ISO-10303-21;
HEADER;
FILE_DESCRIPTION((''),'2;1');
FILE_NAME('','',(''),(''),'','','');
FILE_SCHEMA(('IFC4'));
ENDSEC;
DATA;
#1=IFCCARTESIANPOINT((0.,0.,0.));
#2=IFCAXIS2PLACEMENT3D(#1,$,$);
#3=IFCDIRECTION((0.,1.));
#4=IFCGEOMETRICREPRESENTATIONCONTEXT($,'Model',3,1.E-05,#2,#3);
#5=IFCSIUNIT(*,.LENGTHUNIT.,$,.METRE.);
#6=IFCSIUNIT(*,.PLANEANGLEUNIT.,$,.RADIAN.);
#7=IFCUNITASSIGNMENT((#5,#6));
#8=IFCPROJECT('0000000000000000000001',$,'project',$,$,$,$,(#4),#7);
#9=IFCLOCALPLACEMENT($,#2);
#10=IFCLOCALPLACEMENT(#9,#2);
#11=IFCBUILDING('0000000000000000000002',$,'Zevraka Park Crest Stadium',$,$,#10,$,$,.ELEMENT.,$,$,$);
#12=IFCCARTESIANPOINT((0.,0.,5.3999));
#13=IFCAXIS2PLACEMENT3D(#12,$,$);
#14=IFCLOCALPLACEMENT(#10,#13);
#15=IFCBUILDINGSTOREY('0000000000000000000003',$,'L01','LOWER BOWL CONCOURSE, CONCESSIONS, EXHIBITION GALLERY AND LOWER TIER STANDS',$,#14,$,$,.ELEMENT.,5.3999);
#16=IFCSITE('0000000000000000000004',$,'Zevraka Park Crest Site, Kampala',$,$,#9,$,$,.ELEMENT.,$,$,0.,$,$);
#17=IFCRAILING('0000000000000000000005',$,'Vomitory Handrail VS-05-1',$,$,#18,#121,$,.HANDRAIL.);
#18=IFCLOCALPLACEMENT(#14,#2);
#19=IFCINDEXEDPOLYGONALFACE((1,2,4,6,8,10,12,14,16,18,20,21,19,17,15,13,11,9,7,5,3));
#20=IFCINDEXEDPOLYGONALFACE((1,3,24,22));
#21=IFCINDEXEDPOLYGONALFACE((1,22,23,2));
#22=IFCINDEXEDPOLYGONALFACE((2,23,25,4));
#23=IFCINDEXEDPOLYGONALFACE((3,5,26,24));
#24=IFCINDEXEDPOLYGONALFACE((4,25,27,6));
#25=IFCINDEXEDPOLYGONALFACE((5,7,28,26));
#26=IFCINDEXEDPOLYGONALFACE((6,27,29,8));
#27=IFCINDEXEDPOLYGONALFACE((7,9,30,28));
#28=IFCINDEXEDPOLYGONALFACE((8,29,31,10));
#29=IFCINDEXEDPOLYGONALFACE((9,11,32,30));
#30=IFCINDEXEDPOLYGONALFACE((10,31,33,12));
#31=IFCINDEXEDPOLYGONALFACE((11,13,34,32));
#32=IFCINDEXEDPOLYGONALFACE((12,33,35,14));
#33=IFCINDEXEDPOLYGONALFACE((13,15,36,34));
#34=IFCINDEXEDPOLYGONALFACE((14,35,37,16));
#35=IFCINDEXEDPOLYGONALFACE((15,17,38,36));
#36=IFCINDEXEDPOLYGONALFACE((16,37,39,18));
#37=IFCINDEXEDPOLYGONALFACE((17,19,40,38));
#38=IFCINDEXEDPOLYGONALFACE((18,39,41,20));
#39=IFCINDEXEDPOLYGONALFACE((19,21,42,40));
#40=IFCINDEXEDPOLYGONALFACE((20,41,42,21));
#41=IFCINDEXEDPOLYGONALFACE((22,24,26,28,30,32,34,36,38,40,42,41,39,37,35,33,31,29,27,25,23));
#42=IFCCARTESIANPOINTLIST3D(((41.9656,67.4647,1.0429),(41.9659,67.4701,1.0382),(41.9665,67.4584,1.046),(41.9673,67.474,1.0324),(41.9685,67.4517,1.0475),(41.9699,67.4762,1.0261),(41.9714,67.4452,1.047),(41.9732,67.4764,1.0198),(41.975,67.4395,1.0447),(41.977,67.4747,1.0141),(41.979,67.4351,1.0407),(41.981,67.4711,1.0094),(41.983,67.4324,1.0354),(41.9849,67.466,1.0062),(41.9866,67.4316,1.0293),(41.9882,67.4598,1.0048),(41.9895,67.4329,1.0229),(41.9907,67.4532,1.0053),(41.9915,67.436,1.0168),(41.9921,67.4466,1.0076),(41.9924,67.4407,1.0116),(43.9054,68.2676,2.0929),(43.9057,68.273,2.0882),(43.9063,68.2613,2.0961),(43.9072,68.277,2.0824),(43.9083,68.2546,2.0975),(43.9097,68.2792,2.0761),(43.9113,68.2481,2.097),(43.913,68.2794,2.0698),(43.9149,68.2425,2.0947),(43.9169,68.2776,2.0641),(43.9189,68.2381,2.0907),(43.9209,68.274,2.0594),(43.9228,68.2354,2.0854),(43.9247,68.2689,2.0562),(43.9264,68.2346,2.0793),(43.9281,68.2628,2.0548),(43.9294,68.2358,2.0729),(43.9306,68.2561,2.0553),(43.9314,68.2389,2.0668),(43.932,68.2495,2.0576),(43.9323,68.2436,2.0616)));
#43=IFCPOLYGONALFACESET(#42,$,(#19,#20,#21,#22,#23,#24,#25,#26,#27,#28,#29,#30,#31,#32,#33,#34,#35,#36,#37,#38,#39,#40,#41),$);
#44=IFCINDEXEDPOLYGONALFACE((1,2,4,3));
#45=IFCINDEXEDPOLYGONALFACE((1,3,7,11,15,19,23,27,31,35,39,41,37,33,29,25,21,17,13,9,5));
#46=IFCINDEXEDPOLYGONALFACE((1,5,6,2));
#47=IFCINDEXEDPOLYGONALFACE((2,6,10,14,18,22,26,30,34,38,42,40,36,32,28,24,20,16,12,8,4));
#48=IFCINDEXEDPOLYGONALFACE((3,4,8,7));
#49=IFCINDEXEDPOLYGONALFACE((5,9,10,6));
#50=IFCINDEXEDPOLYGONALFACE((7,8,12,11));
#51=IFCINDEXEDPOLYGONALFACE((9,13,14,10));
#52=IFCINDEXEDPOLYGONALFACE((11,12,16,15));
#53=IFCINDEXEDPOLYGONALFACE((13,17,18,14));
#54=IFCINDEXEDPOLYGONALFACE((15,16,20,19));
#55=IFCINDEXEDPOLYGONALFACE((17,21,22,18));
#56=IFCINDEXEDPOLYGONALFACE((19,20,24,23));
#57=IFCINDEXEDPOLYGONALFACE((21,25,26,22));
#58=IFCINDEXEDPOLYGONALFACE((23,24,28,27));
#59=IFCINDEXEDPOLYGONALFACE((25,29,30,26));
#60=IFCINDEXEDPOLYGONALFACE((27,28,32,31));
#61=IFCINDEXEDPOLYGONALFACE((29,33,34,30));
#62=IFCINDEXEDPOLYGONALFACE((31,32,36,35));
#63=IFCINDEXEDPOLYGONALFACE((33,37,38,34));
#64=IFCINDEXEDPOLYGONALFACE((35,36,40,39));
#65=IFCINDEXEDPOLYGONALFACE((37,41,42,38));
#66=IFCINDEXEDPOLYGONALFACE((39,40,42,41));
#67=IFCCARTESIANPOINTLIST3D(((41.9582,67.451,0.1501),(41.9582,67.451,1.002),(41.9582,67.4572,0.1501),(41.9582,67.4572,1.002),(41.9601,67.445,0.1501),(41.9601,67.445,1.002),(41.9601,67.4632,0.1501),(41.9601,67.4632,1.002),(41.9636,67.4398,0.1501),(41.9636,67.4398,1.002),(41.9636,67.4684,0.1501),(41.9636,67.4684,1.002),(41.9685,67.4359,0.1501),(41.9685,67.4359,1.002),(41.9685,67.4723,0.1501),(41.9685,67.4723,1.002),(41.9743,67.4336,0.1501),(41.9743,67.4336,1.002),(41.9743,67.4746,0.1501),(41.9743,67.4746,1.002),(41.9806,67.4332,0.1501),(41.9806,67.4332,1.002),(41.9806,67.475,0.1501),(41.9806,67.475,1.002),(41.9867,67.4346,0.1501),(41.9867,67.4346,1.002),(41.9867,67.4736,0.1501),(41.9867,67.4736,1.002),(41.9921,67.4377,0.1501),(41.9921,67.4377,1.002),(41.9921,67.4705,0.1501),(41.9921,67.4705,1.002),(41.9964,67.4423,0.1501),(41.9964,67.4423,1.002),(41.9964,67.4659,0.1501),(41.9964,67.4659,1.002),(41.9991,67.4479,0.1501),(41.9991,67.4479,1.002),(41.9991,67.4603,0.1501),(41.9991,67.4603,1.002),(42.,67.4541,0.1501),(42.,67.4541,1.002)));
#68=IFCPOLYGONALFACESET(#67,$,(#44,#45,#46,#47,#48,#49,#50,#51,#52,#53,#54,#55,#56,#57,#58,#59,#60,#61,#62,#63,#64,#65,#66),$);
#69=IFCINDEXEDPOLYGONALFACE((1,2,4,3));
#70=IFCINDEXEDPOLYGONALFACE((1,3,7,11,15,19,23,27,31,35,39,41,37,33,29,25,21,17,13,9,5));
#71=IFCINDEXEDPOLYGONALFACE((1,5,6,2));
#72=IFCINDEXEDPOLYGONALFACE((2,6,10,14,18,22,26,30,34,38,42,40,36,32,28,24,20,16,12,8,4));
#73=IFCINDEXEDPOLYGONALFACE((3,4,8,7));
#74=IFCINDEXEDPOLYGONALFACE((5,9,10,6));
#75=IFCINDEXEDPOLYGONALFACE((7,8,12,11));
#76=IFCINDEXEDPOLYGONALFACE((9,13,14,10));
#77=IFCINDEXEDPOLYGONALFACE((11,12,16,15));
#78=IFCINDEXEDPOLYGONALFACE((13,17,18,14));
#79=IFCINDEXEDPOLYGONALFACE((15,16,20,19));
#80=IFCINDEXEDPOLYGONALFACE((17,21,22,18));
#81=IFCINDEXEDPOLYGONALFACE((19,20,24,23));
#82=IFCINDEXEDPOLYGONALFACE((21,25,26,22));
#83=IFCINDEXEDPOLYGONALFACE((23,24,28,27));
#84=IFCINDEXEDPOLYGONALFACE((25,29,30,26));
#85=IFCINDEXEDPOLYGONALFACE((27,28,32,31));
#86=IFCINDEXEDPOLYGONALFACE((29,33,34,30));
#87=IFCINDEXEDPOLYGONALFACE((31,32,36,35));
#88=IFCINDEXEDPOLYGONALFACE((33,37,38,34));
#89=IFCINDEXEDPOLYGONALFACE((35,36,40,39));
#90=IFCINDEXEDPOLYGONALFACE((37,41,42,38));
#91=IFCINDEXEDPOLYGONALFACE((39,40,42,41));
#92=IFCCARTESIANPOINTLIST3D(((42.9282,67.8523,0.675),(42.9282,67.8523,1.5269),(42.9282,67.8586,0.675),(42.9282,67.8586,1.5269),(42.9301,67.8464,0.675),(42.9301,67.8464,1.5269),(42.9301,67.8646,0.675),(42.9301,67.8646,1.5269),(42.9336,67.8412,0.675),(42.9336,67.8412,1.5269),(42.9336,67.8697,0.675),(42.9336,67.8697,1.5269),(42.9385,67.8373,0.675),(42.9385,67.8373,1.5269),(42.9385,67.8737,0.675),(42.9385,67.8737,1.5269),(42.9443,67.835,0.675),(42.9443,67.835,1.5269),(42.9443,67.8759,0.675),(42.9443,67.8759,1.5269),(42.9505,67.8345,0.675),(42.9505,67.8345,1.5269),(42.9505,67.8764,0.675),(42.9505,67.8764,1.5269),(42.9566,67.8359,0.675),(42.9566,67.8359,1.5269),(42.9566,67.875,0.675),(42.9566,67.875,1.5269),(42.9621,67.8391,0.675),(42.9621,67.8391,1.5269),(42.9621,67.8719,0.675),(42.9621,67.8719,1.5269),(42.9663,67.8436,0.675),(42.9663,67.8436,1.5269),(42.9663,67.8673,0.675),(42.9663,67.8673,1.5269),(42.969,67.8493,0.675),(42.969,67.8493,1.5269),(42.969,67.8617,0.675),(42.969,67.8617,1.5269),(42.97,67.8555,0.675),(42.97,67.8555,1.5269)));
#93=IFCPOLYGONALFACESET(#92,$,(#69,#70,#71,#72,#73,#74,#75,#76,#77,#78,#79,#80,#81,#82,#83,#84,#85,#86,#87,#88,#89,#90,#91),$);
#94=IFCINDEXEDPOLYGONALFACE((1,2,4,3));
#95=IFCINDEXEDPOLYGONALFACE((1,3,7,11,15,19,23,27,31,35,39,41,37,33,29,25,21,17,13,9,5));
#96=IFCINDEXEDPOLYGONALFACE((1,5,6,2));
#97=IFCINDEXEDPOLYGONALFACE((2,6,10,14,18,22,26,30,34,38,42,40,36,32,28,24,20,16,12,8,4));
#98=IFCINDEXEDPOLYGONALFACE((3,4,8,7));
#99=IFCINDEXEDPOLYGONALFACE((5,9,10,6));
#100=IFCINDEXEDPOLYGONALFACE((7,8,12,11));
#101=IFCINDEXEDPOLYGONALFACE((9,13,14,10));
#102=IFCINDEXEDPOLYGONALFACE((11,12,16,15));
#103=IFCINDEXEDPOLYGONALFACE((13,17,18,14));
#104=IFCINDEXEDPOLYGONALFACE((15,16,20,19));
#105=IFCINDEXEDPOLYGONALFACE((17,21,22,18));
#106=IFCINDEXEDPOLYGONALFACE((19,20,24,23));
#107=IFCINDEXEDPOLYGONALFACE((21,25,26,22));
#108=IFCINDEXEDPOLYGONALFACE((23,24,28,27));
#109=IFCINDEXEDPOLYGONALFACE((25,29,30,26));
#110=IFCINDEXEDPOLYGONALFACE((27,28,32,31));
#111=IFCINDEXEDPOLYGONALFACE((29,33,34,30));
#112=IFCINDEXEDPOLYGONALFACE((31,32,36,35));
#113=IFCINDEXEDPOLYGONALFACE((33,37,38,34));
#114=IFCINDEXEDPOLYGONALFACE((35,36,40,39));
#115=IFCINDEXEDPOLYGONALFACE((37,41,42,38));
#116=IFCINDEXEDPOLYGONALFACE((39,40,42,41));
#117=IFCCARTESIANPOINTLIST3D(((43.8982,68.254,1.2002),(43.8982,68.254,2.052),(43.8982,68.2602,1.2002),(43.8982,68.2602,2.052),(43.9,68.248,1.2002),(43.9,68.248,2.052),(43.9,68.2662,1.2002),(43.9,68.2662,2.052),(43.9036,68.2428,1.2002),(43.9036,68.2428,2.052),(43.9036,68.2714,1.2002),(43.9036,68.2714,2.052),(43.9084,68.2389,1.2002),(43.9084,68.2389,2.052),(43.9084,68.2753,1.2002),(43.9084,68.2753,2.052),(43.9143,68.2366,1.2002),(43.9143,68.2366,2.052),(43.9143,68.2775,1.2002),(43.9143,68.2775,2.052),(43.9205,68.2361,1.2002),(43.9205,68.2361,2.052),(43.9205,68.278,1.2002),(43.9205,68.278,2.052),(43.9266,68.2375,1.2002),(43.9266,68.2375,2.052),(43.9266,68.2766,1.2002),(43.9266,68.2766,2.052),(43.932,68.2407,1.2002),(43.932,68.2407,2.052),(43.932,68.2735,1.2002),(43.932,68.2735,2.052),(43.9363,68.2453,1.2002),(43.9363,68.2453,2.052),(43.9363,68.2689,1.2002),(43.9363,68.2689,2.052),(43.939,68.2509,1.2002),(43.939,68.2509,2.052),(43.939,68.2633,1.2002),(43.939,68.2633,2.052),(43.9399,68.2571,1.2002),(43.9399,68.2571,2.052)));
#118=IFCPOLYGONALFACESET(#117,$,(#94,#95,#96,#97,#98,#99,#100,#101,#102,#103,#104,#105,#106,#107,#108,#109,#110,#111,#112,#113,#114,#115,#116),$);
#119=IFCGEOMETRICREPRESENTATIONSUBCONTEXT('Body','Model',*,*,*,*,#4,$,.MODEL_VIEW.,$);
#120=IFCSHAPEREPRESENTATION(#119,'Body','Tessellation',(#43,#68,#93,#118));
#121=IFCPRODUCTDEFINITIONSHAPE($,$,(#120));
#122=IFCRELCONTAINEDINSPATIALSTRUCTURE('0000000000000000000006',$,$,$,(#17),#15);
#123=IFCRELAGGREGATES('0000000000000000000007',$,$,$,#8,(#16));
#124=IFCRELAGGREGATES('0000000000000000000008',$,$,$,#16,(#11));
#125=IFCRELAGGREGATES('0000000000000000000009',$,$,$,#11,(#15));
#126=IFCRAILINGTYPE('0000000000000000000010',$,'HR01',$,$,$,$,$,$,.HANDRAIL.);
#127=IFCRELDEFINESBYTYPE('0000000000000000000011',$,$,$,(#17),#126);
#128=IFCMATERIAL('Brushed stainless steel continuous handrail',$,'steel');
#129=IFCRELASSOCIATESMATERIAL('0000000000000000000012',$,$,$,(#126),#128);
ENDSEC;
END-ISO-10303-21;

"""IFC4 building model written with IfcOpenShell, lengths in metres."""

from ifc_helpers import new_model, si_unit, direction, frame, origin, origin_2d, place, context, subcontext, project, spatial, circle, extrude, material, type_object, element, save


model = new_model("IFC4")

# Units and contexts
model_context = context("Model", 3, precision=1e-05, world=origin(), true_north=direction((0.0, 1.0)))
body_context = subcontext(model_context, "Body", "Model", "MODEL_VIEW")
ifc_project = project(units=[si_unit("LENGTHUNIT", "METRE"), si_unit("PLANEANGLEUNIT", "RADIAN")], contexts=[model_context])

# Site, building, storey
site_placement = place(None, origin())
site = spatial("IfcSite", under=ifc_project, at=site_placement, Name="Zevraka Park Crest Site, Kampala", CompositionType="ELEMENT", RefElevation=0.0)
building_placement = place(site_placement, origin())
building = spatial("IfcBuilding", under=site, at=building_placement, Name="Zevraka Park Crest Stadium", CompositionType="ELEMENT")
storey_placement = place(building_placement, frame((0.0, 0.0, 5.3999)))
storey = spatial("IfcBuildingStorey", under=building, at=storey_placement, Name="L01", Description="LOWER BOWL CONCOURSE, CONCESSIONS, EXHIBITION GALLERY AND LOWER TIER STANDS", CompositionType="ELEMENT", Elevation=5.3999)

# Railing
ifc_material_1 = material(Name="Brushed stainless steel continuous handrail", Category="steel")
railing_type_1 = type_object("IfcRailingType", Name="HR01", PredefinedType="HANDRAIL", material=ifc_material_1)
railing_1_placement = place(storey_placement, frame((41.979, 67.4541, 0.1501)))
element("IfcRailing", 1, at=railing_1_placement, inside=storey, type_object=railing_type_1, Name="Vomitory Handrail VS-05-1", PredefinedType="HANDRAIL", context=body_context, shape_type="SweptSolid", body=[
    extrude(circle(Radius=0.0239, at=origin_2d()), frame((0.0, 0.0, 0.876), z_axis=(0.826387, 0.342057, 0.447305), x_axis=(-0.382451, 0.923976, 0.0)), (0.0, 0.0, 1.0), 2.3474),
    extrude(circle(Radius=0.021, at=origin_2d()), origin(), (0.0, 0.0, 1.0), 0.8518),
    extrude(circle(Radius=0.021, at=origin_2d()), frame((0.97, 0.4014, 0.5249)), (0.0, 0.0, 1.0), 0.8518),
    extrude(circle(Radius=0.021, at=origin_2d()), frame((1.9399, 0.803, 1.05)), (0.0, 0.0, 1.0), 0.8518),
])

save(model, "model.ifc")
